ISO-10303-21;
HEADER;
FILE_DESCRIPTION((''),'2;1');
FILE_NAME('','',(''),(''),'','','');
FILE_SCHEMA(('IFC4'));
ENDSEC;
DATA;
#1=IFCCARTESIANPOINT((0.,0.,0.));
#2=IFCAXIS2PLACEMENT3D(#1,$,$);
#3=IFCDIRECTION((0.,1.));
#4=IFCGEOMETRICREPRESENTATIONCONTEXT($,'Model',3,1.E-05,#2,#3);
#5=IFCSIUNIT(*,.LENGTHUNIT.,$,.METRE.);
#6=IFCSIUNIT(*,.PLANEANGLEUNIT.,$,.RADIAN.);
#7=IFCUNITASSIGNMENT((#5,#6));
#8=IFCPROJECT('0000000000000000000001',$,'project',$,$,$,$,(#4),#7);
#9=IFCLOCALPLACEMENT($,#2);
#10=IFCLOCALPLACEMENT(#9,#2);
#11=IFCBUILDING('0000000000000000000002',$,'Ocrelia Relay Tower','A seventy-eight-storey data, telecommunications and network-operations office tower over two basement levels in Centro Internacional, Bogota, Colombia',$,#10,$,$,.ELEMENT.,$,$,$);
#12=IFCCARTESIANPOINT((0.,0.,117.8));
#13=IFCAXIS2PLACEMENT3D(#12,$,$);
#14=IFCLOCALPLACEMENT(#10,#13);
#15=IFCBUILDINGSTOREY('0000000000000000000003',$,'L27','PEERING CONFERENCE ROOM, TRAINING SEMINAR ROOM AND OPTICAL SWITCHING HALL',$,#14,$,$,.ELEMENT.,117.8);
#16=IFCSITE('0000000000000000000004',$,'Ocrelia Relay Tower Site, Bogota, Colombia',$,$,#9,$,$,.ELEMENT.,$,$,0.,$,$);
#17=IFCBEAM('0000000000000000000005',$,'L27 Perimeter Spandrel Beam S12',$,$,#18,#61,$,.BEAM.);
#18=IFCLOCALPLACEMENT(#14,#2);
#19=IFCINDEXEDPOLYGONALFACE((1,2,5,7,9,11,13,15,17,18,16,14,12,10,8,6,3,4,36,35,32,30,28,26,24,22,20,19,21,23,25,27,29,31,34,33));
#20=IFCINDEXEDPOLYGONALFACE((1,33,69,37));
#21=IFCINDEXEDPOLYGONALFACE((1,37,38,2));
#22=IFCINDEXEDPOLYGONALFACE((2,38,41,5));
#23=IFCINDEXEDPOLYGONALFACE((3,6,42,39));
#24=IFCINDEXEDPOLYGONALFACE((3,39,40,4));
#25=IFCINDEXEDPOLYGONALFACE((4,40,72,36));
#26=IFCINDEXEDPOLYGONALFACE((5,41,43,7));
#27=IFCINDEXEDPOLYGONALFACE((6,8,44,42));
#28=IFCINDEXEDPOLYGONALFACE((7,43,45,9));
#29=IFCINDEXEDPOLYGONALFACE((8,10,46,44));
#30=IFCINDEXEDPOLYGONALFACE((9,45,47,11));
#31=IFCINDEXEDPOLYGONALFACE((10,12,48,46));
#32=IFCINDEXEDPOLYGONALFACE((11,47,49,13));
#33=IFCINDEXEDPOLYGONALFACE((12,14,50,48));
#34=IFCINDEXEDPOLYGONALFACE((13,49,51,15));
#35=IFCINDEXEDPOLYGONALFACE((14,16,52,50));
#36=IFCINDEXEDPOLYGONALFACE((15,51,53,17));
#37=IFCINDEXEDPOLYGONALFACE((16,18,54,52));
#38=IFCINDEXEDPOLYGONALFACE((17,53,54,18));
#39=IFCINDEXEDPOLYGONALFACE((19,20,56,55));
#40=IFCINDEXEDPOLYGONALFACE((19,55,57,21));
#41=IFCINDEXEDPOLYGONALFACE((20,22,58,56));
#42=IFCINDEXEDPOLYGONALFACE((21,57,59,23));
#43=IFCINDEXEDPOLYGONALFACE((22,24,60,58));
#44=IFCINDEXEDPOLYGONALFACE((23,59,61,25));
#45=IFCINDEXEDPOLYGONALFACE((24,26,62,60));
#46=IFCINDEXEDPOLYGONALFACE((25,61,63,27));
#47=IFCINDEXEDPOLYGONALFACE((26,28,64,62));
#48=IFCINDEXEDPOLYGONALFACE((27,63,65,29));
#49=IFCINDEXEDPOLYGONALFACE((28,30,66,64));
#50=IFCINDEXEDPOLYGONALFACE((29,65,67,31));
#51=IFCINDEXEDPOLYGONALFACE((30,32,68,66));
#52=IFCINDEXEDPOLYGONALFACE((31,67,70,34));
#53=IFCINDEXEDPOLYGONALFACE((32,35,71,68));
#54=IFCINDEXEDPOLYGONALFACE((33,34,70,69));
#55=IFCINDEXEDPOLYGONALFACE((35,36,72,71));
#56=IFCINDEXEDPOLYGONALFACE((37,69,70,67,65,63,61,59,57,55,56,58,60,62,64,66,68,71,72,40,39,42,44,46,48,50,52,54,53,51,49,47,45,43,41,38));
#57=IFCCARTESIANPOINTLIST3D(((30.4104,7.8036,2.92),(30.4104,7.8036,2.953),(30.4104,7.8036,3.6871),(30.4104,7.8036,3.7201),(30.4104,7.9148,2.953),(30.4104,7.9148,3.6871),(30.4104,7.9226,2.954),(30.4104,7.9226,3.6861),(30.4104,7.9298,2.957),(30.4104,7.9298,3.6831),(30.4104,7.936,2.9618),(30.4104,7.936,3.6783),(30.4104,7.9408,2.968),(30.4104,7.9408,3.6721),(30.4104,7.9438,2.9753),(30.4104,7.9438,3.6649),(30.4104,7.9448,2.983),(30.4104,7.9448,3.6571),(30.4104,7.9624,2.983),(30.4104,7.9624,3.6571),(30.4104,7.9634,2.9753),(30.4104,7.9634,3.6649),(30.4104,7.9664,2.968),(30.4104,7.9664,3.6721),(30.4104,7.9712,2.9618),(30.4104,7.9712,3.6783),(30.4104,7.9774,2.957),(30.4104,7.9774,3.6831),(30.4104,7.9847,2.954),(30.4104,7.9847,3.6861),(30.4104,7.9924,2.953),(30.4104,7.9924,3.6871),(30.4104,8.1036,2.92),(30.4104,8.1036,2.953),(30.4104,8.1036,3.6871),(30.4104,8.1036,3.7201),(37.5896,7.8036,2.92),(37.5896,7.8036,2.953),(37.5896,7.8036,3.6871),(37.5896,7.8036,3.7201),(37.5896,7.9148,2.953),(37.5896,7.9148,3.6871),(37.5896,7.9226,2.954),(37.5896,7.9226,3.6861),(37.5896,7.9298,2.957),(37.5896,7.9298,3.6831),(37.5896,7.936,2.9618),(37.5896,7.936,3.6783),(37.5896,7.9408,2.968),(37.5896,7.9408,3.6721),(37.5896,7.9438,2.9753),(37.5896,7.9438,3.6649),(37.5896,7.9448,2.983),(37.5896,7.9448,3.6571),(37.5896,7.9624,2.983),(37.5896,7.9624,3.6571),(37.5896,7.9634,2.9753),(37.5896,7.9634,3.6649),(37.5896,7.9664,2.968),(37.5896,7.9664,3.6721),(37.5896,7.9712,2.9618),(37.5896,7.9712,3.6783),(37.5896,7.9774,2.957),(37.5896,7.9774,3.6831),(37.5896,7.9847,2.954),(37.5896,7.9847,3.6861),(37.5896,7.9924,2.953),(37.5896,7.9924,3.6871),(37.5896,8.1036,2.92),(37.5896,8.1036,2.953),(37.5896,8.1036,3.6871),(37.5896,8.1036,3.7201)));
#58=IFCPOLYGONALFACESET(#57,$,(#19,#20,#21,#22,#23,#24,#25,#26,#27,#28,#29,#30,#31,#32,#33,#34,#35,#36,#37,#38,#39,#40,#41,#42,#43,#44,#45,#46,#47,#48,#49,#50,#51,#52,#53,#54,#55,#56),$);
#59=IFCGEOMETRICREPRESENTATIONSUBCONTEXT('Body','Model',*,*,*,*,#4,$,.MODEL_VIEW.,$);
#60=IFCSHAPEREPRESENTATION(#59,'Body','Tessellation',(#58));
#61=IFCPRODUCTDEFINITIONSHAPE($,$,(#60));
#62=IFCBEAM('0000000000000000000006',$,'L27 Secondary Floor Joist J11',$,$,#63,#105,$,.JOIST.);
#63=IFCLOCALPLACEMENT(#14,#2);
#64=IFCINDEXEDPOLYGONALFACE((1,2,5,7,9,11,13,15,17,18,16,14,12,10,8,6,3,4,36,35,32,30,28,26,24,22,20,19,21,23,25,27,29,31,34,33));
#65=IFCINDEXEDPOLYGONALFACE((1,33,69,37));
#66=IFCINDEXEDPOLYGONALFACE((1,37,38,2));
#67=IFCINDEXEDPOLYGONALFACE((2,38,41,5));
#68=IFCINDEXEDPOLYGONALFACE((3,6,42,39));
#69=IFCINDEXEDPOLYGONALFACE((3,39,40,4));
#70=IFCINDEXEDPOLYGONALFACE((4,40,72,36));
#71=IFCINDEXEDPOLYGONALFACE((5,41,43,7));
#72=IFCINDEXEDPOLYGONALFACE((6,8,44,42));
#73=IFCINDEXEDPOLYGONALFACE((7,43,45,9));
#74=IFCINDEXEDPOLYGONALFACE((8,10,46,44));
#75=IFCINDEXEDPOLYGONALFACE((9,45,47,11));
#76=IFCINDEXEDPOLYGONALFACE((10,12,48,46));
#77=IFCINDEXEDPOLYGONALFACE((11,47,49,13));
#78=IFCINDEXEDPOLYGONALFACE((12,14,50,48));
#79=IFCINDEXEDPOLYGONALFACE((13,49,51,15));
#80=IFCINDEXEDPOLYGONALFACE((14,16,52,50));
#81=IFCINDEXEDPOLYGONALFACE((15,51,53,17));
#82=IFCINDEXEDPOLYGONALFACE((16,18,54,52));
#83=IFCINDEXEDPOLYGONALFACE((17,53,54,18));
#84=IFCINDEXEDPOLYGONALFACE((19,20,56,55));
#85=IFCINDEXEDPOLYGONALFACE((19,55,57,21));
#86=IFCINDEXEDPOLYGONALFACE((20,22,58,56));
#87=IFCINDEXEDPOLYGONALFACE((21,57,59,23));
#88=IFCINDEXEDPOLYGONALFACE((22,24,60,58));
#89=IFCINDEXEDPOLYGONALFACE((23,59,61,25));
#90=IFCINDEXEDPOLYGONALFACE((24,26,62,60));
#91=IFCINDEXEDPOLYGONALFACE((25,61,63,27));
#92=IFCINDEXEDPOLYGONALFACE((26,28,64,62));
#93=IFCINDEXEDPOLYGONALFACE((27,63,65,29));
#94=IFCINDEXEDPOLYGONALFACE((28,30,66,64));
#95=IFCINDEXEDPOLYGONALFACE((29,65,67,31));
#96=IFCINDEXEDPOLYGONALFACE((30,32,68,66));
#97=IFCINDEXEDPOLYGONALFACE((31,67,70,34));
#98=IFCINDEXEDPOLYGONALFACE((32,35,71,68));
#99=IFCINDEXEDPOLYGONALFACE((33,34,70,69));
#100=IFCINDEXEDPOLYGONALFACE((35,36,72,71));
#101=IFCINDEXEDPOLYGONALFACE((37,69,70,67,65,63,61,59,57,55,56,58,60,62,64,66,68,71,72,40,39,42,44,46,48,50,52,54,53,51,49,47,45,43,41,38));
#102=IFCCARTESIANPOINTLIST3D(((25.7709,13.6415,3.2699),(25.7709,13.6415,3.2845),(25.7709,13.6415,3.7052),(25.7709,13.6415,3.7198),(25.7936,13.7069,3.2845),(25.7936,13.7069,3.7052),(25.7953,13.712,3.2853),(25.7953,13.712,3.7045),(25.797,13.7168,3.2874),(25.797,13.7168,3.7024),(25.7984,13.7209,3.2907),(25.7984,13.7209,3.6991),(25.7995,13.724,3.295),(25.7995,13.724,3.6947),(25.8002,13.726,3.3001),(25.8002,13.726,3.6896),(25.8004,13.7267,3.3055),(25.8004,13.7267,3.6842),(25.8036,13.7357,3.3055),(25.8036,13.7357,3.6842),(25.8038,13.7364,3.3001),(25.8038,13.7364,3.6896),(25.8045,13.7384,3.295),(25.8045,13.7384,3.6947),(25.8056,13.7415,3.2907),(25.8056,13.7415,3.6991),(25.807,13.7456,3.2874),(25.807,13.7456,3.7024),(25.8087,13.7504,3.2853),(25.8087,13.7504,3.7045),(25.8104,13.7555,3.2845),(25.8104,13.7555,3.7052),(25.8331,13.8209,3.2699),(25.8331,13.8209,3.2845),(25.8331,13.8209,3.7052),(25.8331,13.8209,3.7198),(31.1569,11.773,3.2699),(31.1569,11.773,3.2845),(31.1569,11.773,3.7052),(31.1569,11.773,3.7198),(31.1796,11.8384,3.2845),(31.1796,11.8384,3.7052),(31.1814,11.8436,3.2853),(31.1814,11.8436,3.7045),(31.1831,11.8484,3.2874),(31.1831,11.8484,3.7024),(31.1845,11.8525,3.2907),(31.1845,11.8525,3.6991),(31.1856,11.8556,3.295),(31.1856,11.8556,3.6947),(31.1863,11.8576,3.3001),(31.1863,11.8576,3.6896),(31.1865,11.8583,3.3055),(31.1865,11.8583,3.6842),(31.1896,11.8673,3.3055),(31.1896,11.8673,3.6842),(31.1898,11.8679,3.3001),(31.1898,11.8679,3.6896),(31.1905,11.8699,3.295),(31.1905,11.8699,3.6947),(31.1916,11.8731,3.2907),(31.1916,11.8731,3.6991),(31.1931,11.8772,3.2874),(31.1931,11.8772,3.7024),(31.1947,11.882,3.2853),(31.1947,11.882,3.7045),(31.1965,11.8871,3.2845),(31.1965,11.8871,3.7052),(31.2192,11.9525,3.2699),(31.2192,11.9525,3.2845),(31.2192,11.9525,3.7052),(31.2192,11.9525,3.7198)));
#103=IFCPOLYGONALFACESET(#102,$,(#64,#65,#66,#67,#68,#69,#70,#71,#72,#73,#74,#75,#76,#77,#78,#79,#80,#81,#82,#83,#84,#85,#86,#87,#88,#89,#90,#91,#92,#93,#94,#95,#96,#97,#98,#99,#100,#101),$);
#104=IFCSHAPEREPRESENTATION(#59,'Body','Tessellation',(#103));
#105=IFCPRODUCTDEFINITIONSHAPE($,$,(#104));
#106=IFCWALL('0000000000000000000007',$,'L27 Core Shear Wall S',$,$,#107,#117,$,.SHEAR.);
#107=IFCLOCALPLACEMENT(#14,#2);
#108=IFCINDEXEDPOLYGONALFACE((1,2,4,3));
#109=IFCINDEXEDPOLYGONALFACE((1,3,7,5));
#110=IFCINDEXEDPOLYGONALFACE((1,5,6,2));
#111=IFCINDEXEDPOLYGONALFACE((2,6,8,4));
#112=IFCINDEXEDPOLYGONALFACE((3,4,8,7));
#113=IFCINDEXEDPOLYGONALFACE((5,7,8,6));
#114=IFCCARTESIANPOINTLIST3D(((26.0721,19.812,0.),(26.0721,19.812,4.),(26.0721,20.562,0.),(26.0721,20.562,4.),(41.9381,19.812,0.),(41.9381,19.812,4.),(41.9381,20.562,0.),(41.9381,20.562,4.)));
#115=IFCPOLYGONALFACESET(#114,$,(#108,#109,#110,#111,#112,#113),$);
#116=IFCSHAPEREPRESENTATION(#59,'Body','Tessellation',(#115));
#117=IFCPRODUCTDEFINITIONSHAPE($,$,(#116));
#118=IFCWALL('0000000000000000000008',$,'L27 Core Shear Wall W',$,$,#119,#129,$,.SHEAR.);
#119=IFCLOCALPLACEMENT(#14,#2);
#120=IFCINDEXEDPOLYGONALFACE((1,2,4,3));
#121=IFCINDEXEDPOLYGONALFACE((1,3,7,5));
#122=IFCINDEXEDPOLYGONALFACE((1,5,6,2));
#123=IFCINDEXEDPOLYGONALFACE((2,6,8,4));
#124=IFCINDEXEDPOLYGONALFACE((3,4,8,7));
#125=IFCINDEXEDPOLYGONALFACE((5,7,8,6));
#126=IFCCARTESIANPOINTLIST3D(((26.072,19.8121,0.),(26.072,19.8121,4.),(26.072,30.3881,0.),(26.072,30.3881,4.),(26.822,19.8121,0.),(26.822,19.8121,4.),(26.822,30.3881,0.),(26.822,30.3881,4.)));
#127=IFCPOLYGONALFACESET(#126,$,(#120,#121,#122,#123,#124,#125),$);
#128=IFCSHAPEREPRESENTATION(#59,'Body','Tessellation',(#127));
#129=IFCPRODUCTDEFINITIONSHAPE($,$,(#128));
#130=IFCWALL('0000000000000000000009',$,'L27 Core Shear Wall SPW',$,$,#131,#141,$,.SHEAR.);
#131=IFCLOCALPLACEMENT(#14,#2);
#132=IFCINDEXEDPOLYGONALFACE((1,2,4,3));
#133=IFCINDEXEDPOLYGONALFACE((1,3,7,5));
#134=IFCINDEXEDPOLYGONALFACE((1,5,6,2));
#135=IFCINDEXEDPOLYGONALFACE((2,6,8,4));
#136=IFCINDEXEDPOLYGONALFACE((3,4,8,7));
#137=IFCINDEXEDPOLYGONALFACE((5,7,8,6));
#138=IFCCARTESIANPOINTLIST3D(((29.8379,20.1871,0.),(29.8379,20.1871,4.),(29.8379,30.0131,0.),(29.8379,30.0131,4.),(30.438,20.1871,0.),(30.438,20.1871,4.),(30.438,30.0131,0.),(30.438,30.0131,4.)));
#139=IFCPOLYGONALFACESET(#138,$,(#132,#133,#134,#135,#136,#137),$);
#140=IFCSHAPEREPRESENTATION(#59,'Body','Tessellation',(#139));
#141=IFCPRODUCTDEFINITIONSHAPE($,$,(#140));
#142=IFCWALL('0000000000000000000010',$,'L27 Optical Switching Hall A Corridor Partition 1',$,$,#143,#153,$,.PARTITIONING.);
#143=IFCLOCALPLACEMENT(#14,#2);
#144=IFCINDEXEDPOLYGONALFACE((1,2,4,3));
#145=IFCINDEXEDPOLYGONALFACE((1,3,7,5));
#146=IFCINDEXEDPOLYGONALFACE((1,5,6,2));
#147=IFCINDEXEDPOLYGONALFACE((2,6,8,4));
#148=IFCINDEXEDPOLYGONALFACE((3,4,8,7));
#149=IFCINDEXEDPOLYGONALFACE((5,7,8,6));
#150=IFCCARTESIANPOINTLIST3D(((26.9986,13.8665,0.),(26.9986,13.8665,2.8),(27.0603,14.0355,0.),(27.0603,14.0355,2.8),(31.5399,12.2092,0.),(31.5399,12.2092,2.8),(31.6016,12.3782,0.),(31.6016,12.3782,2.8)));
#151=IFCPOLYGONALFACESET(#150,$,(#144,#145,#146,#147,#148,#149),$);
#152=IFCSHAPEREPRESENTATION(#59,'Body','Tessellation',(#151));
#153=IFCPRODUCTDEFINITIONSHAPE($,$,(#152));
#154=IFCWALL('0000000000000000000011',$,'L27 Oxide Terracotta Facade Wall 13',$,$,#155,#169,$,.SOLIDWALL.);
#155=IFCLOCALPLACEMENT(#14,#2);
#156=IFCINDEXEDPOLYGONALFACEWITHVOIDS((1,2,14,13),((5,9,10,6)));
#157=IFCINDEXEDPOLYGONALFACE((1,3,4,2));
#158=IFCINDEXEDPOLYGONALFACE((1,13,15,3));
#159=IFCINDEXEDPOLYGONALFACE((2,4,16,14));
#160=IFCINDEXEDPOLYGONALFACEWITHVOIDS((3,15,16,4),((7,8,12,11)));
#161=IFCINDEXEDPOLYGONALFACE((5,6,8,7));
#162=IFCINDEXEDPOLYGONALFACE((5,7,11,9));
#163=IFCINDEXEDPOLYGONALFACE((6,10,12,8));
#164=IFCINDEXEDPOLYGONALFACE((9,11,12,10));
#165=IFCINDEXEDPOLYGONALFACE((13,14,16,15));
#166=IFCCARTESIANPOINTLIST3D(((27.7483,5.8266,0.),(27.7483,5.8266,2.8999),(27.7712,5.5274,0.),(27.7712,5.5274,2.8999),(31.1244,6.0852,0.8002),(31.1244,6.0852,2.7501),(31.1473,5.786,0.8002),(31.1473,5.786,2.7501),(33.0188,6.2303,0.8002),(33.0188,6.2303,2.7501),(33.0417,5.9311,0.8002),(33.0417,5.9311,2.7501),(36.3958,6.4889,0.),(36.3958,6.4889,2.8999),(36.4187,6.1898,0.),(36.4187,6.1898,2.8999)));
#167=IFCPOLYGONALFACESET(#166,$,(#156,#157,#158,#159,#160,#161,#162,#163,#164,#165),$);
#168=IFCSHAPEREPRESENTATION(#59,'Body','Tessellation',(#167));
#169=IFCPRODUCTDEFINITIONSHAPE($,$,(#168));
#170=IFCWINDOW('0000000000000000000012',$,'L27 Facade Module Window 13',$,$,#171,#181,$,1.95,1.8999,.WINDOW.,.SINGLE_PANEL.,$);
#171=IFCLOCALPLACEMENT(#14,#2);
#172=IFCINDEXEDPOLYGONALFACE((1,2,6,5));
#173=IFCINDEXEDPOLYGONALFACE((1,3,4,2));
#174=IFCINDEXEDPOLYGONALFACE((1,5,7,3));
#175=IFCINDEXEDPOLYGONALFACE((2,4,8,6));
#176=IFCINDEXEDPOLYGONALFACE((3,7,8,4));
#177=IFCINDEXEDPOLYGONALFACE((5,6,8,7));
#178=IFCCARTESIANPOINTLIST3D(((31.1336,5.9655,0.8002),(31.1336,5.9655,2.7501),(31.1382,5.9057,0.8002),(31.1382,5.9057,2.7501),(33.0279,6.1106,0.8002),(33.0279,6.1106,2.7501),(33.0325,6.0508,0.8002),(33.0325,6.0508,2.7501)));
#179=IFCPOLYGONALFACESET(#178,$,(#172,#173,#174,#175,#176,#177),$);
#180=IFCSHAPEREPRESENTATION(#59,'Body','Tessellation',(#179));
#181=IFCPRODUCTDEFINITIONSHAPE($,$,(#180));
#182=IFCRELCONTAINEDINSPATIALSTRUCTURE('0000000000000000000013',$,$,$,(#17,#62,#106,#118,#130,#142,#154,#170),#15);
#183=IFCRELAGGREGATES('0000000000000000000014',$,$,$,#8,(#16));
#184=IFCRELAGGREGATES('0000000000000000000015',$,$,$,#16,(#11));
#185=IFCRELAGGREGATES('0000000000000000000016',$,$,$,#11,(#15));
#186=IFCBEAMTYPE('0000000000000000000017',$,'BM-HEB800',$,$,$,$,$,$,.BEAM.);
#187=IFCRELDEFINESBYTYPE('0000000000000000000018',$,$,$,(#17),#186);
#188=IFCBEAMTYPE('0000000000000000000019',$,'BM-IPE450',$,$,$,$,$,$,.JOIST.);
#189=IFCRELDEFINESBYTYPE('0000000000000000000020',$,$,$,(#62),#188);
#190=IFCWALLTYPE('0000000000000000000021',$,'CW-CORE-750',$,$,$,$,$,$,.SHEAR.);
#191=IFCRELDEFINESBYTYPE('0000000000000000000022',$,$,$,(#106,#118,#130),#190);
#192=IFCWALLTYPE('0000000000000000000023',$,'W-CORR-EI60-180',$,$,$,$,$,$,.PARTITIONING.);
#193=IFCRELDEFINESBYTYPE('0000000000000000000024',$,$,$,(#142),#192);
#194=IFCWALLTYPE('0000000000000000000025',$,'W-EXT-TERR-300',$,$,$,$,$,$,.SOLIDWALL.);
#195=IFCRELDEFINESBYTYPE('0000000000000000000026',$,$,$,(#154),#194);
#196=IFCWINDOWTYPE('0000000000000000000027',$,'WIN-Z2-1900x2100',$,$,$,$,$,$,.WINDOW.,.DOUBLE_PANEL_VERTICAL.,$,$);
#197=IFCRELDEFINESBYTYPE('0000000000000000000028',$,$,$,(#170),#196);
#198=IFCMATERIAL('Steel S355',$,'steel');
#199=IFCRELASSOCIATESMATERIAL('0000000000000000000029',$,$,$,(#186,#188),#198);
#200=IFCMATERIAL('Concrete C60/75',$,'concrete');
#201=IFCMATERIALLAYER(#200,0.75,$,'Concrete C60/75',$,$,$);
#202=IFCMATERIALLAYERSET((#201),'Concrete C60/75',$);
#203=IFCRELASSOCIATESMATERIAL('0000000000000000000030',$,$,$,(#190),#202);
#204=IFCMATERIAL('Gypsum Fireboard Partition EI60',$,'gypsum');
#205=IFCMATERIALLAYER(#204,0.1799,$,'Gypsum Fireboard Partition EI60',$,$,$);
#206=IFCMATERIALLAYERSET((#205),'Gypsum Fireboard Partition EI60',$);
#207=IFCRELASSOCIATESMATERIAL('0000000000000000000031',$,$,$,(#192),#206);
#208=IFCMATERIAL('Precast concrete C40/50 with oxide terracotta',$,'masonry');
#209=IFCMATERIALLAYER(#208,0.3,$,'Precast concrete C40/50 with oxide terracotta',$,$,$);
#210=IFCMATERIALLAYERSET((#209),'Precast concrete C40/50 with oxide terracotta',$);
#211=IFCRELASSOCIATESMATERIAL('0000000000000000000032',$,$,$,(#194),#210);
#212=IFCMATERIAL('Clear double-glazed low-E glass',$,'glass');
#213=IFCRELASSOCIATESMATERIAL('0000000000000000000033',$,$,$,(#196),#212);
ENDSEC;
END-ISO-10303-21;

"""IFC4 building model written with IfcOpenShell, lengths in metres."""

from ifc_helpers import new_model, si_unit, direction, frame, frame_2d, origin, origin_2d, place, context, subcontext, project, spatial, rectangle, i_section, extrude, material, layer, layer_set, material_profile, profile_set, type_object, element, fill, save


model = new_model("IFC4")

# Units and contexts
model_context = context("Model", 3, precision=1e-05, world=origin(), true_north=direction((0.0, 1.0)))
body_context = subcontext(model_context, "Body", "Model", "MODEL_VIEW")
ifc_project = project(units=[si_unit("LENGTHUNIT", "METRE"), si_unit("PLANEANGLEUNIT", "RADIAN")], contexts=[model_context])

# Site, building, storey
site_placement = place(None, origin())
site = spatial("IfcSite", under=ifc_project, at=site_placement, Name="Ocrelia Relay Tower Site, Bogota, Colombia", CompositionType="ELEMENT", RefElevation=0.0)
building_placement = place(site_placement, origin())
building = spatial("IfcBuilding", under=site, at=building_placement, Name="Ocrelia Relay Tower", Description="A seventy-eight-storey data, telecommunications and network-operations office tower over two basement levels in Centro Internacional, Bogota, Colombia", CompositionType="ELEMENT")
storey_placement = place(building_placement, frame((0.0, 0.0, 117.8)))
storey = spatial("IfcBuildingStorey", under=building, at=storey_placement, Name="L27", Description="PEERING CONFERENCE ROOM, TRAINING SEMINAR ROOM AND OPTICAL SWITCHING HALL", CompositionType="ELEMENT", Elevation=117.8)

# Shared definitions
ifc_material_1 = material(Name="Concrete C60/75", Category="concrete")

# Beams
ifc_material_2 = material(Name="Steel S355", Category="steel")
ifc_material_profile_1 = material_profile(ifc_material_2, i_section(OverallWidth=0.3, OverallDepth=0.8, WebThickness=0.0176, FlangeThickness=0.033, FilletRadius=0.03, at=origin_2d()), Name="HEB 800")
ifc_profile_set_1 = profile_set([ifc_material_profile_1], Name="Steel S355")
beam_type_1 = type_object("IfcBeamType", Name="BM-HEB800", PredefinedType="BEAM", material=ifc_profile_set_1)
for number, where, z_axis, x_axis, name in (
    (1, (30.4104, 7.9536, 3.3201), (1.0, 0.0, 0.0), (0.0, 1.0, 0.0), "L27 Perimeter Spandrel Beam S12"),
):
    element("IfcBeam", number, at=place(storey_placement, frame(where, z_axis=z_axis, x_axis=x_axis)), inside=storey, type_object=beam_type_1, Name=name, PredefinedType="BEAM", context=body_context, shape_type="SweptSolid", body=[
        extrude(i_section(OverallWidth=0.3, OverallDepth=0.8, WebThickness=0.0176, FlangeThickness=0.033, FilletRadius=0.03, at=origin_2d()), origin(), (0.0, 0.0, 1.0), 7.1792),
    ])
ifc_material_profile_2 = material_profile(ifc_material_2, i_section(OverallWidth=0.1899, OverallDepth=0.45, WebThickness=0.0095, FlangeThickness=0.0146, FilletRadius=0.021, at=origin_2d()), Name="IPE 450")
ifc_profile_set_2 = profile_set([ifc_material_profile_2], Name="Steel S355")
beam_type_2 = type_object("IfcBeamType", Name="BM-IPE450", PredefinedType="JOIST", material=ifc_profile_set_2)
beam_1_placement = place(storey_placement, frame((25.802, 13.7312, 3.4949), z_axis=(0.944767, -0.327741, 0.0), x_axis=(0.327741, 0.944767, 0.0)))
element("IfcBeam", 2, at=beam_1_placement, inside=storey, type_object=beam_type_2, Name="L27 Secondary Floor Joist J11", PredefinedType="JOIST", context=body_context, shape_type="SweptSolid", body=[
    extrude(i_section(OverallWidth=0.1899, OverallDepth=0.45, WebThickness=0.0095, FlangeThickness=0.0146, FilletRadius=0.021, at=origin_2d()), origin(), (0.0, 0.0, 1.0), 5.7009),
])

# Walls
ifc_layer_1 = layer(ifc_material_1, 0.75, Name="Concrete C60/75")
ifc_layer_set_1 = layer_set([ifc_layer_1], Name="Concrete C60/75")
wall_type_1 = type_object("IfcWallType", Name="CW-CORE-750", PredefinedType="SHEAR", material=ifc_layer_set_1)
wall_1_placement = place(storey_placement, frame((26.072, 20.187, 0.0), z_axis=(0.0, 0.0, 1.0), x_axis=(1.0, 0.0, 0.0)))
element("IfcWall", 3, at=wall_1_placement, inside=storey, type_object=wall_type_1, Name="L27 Core Shear Wall S", PredefinedType="SHEAR", context=body_context, shape_type="SweptSolid", body=[
    extrude(rectangle(XDim=15.866, YDim=0.75, at=frame_2d((7.9331, 0.0))), origin(), (0.0, 0.0, 1.0), 4.0),
])
wall_2_placement = place(storey_placement, frame((26.447, 19.812, 0.0), z_axis=(0.0, 0.0, 1.0), x_axis=(0.0, 1.0, 0.0)))
element("IfcWall", 4, at=wall_2_placement, inside=storey, type_object=wall_type_1, Name="L27 Core Shear Wall W", PredefinedType="SHEAR", context=body_context, shape_type="SweptSolid", body=[
    extrude(rectangle(XDim=10.5759, YDim=0.75, at=frame_2d((5.2881, 0.0))), origin(), (0.0, 0.0, 1.0), 4.0),
])
wall_3_placement = place(storey_placement, frame((30.1379, 20.187, 0.0), z_axis=(0.0, 0.0, 1.0), x_axis=(0.0, 1.0, 0.0)))
element("IfcWall", 5, at=wall_3_placement, inside=storey, type_object=wall_type_1, Name="L27 Core Shear Wall SPW", PredefinedType="SHEAR", context=body_context, shape_type="SweptSolid", body=[
    extrude(rectangle(XDim=9.8259, YDim=0.6001, at=frame_2d((4.9131, 0.0))), origin(), (0.0, 0.0, 1.0), 4.0),
])

# Shared definitions
ifc_material_3 = material(Name="Gypsum Fireboard Partition EI60", Category="gypsum")
ifc_layer_2 = layer(ifc_material_3, 0.1799, Name="Gypsum Fireboard Partition EI60")
ifc_layer_set_2 = layer_set([ifc_layer_2], Name="Gypsum Fireboard Partition EI60")
wall_type_2 = type_object("IfcWallType", Name="W-CORR-EI60-180", PredefinedType="PARTITIONING", material=ifc_layer_set_2)

# Wall
wall_4_placement = place(storey_placement, frame((27.0295, 13.9509, 0.0), z_axis=(0.0, 0.0, 1.0), x_axis=(0.939404, -0.342813, 0.0)))
element("IfcWall", 6, at=wall_4_placement, inside=storey, type_object=wall_type_2, Name="L27 Optical Switching Hall A Corridor Partition 1", PredefinedType="PARTITIONING", context=body_context, shape_type="SweptSolid", body=[
    extrude(rectangle(XDim=4.8342, YDim=0.1799, at=frame_2d((2.417, 0.0))), origin(), (0.0, 0.0, 1.0), 2.8),
])

# Wall, opening, window
ifc_material_4 = material(Name="Precast concrete C40/50 with oxide terracotta", Category="masonry")
ifc_layer_3 = layer(ifc_material_4, 0.3, Name="Precast concrete C40/50 with oxide terracotta")
ifc_layer_set_3 = layer_set([ifc_layer_3], Name="Precast concrete C40/50 with oxide terracotta")
wall_type_3 = type_object("IfcWallType", Name="W-EXT-TERR-300", PredefinedType="SOLIDWALL", material=ifc_layer_set_3)
wall_5_placement = place(storey_placement, frame((27.7598, 5.677, 0.0), z_axis=(0.0, 0.0, 1.0), x_axis=(0.997079, 0.076371, 0.0)))
wall_5 = element("IfcWall", 7, at=wall_5_placement, inside=storey, type_object=wall_type_3, Name="L27 Oxide Terracotta Facade Wall 13", PredefinedType="SOLIDWALL", context=body_context, shape_type="SweptSolid", body=[
    extrude(rectangle(XDim=8.6729, YDim=0.3, at=frame_2d((4.3364, 0.0))), origin(), (0.0, 0.0, 1.0), 2.8999),
])
opening_1_placement = place(wall_5_placement, frame((3.386, 0.0, 0.8)))
opening_1 = element("IfcOpeningElement", 8, at=opening_1_placement, cuts=wall_5, PredefinedType="OPENING", context=body_context, shape_type="SweptSolid", body=[
    extrude(rectangle(XDim=1.8999, YDim=1.95, at=frame_2d((0.95, 0.9751))), frame((0.0, 0.1602, 0.0), z_axis=(0.0, -1.0, 0.0), x_axis=(1.0, 0.0, 0.0)), (0.0, 0.0, 1.0), 0.3201),
])
ifc_material_5 = material(Name="Clear double-glazed low-E glass", Category="glass")
window_type = type_object("IfcWindowType", Name="WIN-Z2-1900x2100", PartitioningType="DOUBLE_PANEL_VERTICAL", PredefinedType="WINDOW", material=ifc_material_5)
window_placement = place(opening_1_placement, origin())
window = element("IfcWindow", 9, at=window_placement, inside=storey, type_object=window_type, Name="L27 Facade Module Window 13", OverallHeight=1.95, OverallWidth=1.8999, PartitioningType="SINGLE_PANEL", PredefinedType="WINDOW", context=body_context, shape_type="SweptSolid", body=[
    extrude(rectangle(XDim=1.8999, YDim=1.95, at=frame_2d((0.95, 0.9751))), frame((0.0, 0.03, 0.0), z_axis=(0.0, -1.0, 0.0), x_axis=(1.0, 0.0, 0.0)), (0.0, 0.0, 1.0), 0.0601),
])
fill(opening_1, window)

save(model, "model.ifc")
